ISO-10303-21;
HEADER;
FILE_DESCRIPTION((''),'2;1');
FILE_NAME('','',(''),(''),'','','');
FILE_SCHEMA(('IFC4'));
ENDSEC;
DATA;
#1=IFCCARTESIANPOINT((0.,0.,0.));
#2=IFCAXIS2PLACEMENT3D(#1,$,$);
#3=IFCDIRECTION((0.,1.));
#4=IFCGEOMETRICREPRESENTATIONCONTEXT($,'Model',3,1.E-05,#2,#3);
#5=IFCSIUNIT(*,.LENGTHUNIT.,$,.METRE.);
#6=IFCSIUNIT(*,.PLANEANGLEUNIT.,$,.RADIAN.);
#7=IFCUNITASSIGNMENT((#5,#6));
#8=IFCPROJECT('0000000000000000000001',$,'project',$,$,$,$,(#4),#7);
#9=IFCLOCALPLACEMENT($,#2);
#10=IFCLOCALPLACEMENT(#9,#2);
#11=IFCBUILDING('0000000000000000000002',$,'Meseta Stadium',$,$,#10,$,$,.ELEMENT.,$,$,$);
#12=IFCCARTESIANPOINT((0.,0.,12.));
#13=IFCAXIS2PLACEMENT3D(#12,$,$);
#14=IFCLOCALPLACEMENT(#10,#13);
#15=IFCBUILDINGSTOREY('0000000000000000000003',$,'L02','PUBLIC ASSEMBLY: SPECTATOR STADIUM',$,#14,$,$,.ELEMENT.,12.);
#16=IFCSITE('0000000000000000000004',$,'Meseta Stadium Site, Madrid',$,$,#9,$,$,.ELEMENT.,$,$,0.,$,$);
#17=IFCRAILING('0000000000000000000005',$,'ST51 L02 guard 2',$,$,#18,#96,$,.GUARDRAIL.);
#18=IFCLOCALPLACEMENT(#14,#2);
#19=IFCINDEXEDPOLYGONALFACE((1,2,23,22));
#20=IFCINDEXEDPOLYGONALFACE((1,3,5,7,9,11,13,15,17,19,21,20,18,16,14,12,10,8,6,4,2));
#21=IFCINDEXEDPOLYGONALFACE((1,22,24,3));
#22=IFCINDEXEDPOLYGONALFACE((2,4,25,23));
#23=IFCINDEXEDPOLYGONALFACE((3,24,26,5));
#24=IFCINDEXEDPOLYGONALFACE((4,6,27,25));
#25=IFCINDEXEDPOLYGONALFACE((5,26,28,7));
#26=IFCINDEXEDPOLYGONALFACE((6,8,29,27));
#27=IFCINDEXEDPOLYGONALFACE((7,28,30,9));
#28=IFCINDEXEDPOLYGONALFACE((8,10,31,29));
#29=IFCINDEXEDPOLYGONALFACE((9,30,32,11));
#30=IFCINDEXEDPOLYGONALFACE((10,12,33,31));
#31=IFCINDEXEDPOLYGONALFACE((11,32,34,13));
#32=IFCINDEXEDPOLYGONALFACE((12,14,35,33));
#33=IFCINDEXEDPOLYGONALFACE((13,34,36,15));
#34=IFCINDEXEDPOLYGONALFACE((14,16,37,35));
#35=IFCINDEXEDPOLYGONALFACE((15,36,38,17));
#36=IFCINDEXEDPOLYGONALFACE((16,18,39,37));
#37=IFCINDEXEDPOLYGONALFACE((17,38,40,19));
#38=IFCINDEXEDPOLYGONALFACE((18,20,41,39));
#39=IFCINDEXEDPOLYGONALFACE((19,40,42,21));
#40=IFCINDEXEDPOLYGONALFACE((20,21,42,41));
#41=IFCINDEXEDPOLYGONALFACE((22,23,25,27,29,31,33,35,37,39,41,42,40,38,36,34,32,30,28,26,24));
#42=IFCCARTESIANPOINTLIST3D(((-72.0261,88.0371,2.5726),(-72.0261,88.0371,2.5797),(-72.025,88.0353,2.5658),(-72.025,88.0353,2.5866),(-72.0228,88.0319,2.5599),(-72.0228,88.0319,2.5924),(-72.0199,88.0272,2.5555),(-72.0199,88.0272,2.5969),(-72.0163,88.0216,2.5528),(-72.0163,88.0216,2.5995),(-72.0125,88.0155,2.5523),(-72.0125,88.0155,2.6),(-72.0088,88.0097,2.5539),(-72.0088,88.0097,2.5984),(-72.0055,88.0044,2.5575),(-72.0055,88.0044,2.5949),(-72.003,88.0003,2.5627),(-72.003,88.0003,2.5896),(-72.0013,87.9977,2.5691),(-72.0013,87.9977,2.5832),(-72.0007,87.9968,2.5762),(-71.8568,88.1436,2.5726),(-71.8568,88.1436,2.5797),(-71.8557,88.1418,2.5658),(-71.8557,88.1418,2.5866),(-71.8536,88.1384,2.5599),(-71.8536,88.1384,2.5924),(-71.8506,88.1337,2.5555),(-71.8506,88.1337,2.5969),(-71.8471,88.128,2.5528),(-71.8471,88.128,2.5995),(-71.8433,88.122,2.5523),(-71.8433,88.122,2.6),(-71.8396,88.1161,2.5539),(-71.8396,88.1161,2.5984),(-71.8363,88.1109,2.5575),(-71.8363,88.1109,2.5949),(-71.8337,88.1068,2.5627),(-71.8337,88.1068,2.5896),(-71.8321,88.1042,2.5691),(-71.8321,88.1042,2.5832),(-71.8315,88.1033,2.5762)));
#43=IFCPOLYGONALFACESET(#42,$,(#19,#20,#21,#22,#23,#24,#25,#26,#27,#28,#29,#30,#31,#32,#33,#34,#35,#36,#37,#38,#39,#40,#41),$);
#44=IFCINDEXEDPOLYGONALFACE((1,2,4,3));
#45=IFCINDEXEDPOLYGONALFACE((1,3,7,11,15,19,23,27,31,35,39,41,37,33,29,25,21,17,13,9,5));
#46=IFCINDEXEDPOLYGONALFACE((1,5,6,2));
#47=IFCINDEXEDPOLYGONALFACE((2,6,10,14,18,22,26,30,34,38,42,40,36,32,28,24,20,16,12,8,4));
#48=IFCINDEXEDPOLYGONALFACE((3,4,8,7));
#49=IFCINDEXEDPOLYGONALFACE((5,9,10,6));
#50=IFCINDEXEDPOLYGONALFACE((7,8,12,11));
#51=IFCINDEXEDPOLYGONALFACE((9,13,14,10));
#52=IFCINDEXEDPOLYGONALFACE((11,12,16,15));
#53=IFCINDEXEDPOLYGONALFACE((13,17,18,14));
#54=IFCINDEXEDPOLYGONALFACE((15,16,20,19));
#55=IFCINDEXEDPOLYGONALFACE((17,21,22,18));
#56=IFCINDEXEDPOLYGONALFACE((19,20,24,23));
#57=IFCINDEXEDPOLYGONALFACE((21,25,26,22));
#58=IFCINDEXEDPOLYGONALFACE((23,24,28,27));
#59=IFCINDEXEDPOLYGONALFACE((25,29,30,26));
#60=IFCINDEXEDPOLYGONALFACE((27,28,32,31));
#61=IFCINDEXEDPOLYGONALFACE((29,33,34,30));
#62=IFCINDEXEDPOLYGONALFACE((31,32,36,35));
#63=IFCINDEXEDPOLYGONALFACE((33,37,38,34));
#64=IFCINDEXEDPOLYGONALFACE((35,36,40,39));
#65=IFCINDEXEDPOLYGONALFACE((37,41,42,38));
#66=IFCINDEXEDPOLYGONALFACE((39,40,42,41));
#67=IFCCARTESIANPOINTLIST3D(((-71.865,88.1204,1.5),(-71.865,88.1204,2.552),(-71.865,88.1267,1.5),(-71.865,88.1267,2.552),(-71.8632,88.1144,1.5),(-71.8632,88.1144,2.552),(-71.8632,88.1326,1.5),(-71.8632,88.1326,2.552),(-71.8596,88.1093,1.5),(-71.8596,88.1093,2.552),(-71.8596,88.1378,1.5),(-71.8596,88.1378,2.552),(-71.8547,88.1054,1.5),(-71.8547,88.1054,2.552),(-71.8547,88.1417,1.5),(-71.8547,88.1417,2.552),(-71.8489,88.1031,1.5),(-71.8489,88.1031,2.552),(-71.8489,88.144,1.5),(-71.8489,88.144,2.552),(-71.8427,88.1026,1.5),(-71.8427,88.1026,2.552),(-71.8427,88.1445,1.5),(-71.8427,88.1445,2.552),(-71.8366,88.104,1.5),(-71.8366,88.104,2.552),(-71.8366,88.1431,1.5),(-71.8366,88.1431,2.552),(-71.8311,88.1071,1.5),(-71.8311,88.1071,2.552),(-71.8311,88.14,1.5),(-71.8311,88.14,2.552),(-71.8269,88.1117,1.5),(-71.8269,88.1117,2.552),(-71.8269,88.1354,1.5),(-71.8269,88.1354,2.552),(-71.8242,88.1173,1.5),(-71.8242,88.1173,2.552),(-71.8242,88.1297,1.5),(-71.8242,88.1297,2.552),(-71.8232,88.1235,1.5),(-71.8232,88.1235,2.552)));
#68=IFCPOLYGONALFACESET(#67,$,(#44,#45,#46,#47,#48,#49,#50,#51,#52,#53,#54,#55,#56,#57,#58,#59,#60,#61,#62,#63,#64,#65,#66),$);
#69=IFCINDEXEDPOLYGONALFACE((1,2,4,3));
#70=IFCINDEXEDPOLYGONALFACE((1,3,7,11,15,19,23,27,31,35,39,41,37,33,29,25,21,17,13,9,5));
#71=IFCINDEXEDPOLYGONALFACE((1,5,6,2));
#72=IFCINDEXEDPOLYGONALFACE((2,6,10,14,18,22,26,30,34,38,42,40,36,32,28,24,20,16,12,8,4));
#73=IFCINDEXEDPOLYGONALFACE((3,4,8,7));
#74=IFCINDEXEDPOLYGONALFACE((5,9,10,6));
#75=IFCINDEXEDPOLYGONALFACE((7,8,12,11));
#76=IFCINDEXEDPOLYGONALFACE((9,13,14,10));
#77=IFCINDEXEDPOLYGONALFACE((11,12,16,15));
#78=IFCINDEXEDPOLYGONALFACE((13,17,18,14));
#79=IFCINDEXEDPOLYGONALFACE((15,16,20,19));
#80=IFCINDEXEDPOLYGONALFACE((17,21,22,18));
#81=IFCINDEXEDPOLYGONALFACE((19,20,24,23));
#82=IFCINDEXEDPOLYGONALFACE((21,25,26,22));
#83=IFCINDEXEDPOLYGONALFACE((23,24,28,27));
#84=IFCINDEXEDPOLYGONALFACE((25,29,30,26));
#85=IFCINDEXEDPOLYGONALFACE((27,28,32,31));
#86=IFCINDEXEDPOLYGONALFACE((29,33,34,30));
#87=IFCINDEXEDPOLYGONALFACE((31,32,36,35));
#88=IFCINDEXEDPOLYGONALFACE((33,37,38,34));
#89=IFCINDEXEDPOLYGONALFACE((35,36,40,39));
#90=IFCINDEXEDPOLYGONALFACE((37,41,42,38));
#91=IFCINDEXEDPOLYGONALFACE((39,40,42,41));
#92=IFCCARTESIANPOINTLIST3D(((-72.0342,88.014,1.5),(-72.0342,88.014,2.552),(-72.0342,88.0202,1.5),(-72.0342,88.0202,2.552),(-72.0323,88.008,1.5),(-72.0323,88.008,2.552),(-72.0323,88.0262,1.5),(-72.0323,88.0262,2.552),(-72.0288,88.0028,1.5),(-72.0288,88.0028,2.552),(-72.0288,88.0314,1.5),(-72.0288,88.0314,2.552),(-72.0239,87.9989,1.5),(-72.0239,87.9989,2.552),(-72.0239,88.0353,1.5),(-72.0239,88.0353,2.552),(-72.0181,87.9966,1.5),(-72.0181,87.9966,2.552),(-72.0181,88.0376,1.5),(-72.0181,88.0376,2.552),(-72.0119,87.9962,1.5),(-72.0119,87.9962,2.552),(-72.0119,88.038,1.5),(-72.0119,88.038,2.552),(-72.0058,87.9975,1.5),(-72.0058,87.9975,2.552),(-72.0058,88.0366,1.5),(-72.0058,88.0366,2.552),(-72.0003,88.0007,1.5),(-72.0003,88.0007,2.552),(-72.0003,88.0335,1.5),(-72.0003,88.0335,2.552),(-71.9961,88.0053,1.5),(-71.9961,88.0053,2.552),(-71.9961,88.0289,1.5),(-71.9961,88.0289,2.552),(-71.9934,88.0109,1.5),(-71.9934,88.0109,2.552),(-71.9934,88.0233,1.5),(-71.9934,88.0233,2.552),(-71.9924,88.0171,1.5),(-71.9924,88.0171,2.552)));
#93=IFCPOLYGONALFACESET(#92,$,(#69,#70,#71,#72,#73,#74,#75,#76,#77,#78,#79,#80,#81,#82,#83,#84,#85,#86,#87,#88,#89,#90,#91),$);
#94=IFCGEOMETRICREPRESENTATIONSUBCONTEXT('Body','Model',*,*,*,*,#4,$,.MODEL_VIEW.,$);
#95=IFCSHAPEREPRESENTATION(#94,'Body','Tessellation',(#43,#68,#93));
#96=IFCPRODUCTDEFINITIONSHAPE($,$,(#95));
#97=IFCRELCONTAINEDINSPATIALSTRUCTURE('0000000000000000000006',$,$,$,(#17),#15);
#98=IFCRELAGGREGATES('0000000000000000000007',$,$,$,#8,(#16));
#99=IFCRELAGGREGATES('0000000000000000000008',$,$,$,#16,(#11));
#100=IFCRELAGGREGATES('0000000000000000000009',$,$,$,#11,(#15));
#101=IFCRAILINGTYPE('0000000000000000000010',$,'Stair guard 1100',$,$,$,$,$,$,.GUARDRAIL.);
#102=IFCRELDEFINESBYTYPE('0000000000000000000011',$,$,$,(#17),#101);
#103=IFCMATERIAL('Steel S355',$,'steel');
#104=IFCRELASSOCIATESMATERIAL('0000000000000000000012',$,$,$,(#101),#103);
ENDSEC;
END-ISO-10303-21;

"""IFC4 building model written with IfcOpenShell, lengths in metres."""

from ifc_helpers import new_model, si_unit, direction, frame, origin, origin_2d, place, context, subcontext, project, spatial, circle, extrude, material, type_object, element, save


model = new_model("IFC4")

# Units and contexts
model_context = context("Model", 3, precision=1e-05, world=origin(), true_north=direction((0.0, 1.0)))
body_context = subcontext(model_context, "Body", "Model", "MODEL_VIEW")
ifc_project = project(units=[si_unit("LENGTHUNIT", "METRE"), si_unit("PLANEANGLEUNIT", "RADIAN")], contexts=[model_context])

# Site, building, storey
site_placement = place(None, origin())
site = spatial("IfcSite", under=ifc_project, at=site_placement, Name="Meseta Stadium Site, Madrid", CompositionType="ELEMENT", RefElevation=0.0)
building_placement = place(site_placement, origin())
building = spatial("IfcBuilding", under=site, at=building_placement, Name="Meseta Stadium", CompositionType="ELEMENT")
storey_placement = place(building_placement, frame((0.0, 0.0, 12.0)))
storey = spatial("IfcBuildingStorey", under=building, at=storey_placement, Name="L02", Description="PUBLIC ASSEMBLY: SPECTATOR STADIUM", CompositionType="ELEMENT", Elevation=12.0)

# Railing
ifc_material_1 = material(Name="Steel S355", Category="steel")
railing_type_1 = type_object("IfcRailingType", Name="Stair guard 1100", PredefinedType="GUARDRAIL", material=ifc_material_1)
railing_1_placement = place(storey_placement, frame((-71.8442, 88.1235, 1.5)))
element("IfcRailing", 1, at=railing_1_placement, inside=storey, type_object=railing_type_1, Name="ST51 L02 guard 2", PredefinedType="GUARDRAIL", context=body_context, shape_type="SweptSolid", body=[
    extrude(circle(Radius=0.0239, at=origin_2d()), frame((0.0, 0.0, 1.0762), z_axis=(-0.846416, -0.532522, 0.0), x_axis=(0.532522, -0.846416, 0.0)), (0.0, 0.0, 1.0), 0.2),
    extrude(circle(Radius=0.021, at=origin_2d()), origin(), (0.0, 0.0, 1.0), 1.052),
    extrude(circle(Radius=0.021, at=origin_2d()), frame((-0.1692, -0.1064, 0.0)), (0.0, 0.0, 1.0), 1.052),
])

save(model, "model.ifc")
